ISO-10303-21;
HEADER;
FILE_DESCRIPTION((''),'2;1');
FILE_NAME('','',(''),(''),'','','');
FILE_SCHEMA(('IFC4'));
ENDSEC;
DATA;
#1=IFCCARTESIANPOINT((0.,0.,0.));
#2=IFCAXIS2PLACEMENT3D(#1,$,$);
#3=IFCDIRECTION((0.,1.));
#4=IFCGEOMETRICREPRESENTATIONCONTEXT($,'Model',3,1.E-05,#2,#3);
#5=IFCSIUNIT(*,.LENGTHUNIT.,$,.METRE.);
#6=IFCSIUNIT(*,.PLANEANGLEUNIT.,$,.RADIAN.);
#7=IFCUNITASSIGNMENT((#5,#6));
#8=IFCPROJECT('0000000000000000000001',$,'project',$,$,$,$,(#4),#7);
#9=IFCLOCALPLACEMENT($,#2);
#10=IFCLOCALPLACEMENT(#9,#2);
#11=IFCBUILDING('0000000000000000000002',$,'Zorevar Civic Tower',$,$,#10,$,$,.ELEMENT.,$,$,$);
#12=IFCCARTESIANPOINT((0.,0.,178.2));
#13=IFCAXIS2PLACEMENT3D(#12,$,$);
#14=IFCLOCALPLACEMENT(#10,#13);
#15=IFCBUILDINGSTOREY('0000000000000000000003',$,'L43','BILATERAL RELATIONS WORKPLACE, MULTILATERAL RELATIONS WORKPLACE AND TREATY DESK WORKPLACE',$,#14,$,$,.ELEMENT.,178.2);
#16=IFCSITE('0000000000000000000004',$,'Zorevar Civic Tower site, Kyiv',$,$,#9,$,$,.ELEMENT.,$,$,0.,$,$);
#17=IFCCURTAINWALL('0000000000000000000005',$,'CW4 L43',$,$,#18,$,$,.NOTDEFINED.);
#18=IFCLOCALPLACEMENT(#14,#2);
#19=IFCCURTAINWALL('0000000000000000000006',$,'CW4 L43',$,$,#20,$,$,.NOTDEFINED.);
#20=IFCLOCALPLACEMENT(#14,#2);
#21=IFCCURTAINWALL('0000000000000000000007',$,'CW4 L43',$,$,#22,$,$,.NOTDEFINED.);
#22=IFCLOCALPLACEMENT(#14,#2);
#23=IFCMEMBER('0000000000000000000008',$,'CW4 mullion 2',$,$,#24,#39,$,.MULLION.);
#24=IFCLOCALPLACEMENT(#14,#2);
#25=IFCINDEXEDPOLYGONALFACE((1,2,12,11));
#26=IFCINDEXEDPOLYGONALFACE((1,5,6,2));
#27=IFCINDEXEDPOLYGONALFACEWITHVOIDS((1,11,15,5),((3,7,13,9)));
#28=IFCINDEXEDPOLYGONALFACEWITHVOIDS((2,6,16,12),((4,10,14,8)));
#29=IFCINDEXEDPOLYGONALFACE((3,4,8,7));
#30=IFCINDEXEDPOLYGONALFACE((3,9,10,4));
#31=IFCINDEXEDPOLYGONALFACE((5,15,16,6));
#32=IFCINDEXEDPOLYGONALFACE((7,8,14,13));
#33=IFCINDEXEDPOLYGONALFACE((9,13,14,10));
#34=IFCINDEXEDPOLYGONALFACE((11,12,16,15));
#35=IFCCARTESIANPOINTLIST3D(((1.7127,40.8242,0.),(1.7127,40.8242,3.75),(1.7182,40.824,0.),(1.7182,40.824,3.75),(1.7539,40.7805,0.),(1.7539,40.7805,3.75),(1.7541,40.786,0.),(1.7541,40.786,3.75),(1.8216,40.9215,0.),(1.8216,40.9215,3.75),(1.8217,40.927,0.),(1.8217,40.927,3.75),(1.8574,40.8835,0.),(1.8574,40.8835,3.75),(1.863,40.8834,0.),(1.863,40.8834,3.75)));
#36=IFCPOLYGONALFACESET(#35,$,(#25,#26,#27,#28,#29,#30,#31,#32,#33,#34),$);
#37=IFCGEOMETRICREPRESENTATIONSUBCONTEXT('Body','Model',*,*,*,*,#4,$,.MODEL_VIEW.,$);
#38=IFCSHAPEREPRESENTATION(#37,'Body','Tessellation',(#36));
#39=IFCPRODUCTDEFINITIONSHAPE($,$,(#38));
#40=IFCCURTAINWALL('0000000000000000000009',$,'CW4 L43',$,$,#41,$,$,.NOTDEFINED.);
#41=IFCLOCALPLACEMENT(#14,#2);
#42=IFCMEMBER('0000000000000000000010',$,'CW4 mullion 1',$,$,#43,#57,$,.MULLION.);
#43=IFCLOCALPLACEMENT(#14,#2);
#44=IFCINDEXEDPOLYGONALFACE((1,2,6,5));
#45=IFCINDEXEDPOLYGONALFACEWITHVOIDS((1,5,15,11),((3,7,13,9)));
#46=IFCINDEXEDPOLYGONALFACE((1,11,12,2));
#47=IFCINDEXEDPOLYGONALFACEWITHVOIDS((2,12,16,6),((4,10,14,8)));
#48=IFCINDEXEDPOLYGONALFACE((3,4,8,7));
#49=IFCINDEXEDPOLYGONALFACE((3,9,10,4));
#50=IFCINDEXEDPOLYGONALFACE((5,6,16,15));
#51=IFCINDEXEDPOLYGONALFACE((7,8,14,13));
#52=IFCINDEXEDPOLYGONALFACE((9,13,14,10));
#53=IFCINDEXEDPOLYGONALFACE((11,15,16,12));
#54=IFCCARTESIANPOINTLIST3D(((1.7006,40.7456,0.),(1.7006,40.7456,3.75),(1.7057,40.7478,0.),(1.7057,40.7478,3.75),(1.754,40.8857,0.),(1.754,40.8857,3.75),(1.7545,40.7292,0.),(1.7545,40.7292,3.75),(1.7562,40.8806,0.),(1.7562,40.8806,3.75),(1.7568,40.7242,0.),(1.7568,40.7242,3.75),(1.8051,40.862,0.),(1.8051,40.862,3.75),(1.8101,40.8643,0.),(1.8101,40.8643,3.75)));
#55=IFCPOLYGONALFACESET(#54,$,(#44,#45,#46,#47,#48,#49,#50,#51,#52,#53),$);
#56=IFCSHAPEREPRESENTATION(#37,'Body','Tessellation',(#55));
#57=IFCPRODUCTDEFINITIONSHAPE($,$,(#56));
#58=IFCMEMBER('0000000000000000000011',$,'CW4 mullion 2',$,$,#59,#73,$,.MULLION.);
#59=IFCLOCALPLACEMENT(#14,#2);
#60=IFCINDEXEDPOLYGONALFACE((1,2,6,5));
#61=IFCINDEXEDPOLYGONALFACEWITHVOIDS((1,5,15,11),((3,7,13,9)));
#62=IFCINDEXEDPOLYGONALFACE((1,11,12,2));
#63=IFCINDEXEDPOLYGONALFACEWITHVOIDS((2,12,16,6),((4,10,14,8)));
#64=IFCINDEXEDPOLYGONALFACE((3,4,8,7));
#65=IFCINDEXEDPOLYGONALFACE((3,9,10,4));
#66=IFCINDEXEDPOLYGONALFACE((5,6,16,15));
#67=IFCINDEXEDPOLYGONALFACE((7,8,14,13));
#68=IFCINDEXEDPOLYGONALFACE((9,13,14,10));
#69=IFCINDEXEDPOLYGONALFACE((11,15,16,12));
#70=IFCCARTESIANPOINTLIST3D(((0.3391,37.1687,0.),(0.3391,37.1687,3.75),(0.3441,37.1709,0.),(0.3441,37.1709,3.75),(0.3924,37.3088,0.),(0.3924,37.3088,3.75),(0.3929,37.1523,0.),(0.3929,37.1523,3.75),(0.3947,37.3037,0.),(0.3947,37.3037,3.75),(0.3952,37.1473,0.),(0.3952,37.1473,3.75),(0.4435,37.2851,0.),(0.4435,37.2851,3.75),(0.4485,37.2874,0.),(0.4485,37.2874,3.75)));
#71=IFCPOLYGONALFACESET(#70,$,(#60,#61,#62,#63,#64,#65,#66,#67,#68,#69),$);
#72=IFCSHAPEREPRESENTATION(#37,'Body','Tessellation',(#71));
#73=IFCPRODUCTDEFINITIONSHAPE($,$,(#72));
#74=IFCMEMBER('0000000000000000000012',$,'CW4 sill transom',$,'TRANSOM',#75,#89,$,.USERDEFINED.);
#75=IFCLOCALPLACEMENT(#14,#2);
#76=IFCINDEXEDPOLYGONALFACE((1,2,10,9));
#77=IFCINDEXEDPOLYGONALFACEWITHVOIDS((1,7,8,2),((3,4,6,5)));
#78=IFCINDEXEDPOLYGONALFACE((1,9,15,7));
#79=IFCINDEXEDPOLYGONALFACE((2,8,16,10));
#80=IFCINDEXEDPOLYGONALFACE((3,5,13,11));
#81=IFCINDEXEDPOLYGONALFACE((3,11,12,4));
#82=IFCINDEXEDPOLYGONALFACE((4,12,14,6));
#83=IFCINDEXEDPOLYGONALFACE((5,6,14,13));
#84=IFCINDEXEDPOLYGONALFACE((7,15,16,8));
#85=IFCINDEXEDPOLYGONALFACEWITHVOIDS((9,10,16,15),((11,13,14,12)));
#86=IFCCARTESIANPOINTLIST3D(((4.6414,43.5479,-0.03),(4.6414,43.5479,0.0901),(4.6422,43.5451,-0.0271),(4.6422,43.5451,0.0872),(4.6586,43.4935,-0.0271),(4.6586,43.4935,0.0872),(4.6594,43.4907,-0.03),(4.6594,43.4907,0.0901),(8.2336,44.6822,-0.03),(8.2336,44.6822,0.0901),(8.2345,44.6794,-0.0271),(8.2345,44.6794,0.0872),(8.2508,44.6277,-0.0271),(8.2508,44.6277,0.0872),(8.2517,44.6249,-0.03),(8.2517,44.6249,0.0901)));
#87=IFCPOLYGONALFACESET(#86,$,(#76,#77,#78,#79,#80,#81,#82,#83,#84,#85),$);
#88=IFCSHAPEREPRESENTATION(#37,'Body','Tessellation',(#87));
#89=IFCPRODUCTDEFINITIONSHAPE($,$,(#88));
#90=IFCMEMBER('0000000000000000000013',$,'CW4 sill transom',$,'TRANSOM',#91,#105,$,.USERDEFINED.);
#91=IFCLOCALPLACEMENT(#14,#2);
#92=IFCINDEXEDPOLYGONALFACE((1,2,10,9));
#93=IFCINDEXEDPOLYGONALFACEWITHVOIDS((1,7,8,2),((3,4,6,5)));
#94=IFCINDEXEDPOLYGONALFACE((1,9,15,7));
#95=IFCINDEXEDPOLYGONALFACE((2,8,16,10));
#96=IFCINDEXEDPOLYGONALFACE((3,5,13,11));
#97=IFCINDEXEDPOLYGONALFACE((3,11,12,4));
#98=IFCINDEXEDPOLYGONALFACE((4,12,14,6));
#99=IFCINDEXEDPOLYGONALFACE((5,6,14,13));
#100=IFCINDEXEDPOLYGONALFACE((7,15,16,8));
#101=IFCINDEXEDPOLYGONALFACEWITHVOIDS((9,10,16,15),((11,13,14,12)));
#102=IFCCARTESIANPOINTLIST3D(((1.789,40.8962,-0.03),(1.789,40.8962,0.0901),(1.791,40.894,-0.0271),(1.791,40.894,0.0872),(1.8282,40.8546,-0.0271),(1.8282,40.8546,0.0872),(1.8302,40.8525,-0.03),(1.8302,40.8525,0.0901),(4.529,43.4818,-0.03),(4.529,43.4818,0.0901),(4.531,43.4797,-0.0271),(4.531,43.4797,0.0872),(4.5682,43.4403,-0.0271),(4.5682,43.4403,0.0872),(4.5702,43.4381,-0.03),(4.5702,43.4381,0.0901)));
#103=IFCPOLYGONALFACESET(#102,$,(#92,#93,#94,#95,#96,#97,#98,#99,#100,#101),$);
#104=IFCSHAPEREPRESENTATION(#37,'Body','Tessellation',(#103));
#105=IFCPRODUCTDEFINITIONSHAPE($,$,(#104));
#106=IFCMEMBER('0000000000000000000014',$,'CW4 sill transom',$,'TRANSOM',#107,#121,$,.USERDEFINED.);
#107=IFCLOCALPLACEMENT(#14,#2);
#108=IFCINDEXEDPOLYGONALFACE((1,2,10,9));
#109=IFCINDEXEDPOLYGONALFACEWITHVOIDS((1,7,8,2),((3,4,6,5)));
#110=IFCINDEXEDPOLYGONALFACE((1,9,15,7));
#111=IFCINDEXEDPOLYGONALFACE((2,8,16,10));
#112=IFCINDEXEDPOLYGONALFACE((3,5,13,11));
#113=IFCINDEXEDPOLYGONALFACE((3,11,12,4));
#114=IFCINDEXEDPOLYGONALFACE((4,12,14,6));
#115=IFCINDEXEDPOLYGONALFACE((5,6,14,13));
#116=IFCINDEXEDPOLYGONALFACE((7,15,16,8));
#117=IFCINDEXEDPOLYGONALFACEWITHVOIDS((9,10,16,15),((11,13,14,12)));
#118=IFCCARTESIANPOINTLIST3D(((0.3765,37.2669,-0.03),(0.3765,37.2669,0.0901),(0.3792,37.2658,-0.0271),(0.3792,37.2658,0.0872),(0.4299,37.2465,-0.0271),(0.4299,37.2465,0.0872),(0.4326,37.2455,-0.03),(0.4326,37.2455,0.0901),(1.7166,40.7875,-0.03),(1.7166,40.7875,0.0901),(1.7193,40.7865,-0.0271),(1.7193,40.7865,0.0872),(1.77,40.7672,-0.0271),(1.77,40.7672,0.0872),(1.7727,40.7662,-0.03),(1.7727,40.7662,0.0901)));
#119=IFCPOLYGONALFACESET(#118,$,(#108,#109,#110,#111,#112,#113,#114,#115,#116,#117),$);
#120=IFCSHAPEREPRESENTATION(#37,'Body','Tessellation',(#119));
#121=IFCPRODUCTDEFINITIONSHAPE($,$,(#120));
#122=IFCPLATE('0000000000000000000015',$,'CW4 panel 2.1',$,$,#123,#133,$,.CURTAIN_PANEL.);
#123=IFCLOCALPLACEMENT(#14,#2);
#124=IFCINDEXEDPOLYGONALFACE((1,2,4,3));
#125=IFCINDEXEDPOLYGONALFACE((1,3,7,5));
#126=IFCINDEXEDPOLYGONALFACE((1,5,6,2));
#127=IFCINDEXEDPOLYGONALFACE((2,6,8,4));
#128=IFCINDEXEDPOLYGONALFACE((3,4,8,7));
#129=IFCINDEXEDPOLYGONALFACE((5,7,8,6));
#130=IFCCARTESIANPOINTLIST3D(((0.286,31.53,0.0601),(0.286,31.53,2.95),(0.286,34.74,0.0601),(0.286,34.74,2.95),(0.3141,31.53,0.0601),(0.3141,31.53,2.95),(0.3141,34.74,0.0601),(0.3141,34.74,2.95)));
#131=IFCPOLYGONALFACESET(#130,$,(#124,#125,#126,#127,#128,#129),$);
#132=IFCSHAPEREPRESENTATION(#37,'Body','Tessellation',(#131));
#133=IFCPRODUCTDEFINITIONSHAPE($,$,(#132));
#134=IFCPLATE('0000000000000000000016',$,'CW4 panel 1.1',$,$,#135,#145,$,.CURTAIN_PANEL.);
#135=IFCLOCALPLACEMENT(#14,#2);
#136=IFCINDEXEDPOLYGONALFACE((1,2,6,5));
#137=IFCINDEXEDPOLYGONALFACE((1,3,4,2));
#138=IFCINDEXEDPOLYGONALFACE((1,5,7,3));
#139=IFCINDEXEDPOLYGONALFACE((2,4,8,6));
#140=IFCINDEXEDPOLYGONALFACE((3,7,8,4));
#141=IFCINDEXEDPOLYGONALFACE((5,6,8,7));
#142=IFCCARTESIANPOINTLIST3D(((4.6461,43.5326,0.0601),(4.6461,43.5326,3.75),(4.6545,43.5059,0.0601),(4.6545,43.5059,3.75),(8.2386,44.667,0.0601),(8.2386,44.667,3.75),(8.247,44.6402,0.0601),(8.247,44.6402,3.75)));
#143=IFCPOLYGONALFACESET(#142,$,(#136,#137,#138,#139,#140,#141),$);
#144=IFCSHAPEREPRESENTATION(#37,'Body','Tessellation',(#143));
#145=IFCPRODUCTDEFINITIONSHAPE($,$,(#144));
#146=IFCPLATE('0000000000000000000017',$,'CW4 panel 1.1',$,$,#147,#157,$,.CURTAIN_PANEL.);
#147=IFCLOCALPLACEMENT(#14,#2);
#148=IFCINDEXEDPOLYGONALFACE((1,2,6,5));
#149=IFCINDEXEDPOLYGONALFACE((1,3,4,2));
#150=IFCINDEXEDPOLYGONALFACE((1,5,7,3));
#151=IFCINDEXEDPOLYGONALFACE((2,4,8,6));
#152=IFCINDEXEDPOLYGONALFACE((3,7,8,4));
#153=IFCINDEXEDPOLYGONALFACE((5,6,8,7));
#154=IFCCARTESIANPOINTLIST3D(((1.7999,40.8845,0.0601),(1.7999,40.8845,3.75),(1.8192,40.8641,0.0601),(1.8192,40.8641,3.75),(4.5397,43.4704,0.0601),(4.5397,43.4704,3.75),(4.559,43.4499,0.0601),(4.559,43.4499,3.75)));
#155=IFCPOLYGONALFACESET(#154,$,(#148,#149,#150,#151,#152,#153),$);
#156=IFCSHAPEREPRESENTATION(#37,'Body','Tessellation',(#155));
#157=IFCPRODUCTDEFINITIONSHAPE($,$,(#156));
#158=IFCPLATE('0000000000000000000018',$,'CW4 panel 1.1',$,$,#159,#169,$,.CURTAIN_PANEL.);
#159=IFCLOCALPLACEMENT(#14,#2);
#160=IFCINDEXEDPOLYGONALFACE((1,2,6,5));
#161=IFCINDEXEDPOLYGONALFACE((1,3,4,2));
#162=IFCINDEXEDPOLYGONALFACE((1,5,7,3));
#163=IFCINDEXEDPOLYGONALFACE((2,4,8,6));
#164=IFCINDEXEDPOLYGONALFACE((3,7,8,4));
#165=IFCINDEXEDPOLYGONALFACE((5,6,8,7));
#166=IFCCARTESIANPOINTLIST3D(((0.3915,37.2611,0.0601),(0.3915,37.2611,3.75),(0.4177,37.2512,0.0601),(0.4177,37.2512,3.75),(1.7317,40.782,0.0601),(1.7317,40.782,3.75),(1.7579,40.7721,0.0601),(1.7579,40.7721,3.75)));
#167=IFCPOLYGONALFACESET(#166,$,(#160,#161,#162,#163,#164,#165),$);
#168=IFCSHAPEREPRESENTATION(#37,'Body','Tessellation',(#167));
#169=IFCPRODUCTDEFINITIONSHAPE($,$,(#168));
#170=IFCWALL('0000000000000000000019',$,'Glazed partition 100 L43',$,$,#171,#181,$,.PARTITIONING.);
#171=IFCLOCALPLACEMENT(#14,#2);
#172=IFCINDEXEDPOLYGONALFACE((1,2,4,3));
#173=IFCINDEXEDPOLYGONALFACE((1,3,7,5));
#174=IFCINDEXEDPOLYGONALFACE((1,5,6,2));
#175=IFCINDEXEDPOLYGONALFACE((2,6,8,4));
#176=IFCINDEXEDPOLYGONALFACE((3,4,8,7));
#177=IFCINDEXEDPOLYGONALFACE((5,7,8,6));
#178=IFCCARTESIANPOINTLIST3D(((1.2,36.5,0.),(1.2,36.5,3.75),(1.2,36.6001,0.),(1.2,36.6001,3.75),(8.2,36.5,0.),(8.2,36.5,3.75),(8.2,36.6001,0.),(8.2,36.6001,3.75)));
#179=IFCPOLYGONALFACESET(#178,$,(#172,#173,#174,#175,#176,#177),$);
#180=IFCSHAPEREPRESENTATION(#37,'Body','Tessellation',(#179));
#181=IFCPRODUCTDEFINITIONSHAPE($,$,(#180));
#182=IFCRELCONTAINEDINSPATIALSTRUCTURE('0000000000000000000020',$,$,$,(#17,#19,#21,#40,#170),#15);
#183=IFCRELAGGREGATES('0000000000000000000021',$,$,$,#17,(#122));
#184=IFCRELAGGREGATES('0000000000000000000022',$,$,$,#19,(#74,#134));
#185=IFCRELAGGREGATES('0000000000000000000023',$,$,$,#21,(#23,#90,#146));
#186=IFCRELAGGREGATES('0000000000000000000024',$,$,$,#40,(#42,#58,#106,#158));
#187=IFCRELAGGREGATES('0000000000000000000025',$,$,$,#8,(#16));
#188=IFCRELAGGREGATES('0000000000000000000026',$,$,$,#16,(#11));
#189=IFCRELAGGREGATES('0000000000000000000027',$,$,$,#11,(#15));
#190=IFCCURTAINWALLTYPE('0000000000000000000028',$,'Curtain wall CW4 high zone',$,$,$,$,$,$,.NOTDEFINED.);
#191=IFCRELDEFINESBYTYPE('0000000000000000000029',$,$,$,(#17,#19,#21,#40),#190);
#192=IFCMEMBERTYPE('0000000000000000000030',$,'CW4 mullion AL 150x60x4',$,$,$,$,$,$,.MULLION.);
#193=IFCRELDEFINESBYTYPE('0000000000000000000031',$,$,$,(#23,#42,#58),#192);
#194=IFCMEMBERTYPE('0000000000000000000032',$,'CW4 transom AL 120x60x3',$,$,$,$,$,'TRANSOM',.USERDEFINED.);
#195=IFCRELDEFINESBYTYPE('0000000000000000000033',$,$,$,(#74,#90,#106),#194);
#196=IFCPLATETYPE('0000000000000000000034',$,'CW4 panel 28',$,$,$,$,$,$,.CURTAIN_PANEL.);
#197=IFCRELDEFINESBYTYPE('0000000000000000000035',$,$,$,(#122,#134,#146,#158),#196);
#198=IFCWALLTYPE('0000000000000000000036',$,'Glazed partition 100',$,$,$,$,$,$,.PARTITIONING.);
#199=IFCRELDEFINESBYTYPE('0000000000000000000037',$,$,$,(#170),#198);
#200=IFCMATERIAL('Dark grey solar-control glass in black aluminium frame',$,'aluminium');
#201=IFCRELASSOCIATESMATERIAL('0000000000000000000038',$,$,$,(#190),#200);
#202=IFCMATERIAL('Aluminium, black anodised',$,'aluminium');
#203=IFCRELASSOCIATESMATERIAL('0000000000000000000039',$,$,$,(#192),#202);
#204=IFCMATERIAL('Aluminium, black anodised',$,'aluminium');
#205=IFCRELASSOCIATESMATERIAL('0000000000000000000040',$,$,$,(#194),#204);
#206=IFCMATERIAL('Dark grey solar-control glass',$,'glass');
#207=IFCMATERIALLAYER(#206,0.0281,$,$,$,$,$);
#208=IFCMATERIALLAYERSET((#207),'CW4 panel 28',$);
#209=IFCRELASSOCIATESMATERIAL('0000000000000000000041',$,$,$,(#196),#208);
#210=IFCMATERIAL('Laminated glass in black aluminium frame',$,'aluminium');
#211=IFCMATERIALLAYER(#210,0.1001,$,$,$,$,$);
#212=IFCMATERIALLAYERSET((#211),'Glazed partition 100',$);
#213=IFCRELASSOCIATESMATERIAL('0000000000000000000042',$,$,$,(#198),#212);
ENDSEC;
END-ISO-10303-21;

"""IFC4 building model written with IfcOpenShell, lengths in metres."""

from ifc_helpers import new_model, si_unit, direction, frame, frame_2d, origin, origin_2d, place, context, subcontext, project, spatial, rectangle, hollow_rectangle, extrude, material, layer, layer_set, material_profile, profile_set, type_object, element, aggregate, save


model = new_model("IFC4")

# Units and contexts
model_context = context("Model", 3, precision=1e-05, world=origin(), true_north=direction((0.0, 1.0)))
body_context = subcontext(model_context, "Body", "Model", "MODEL_VIEW")
ifc_project = project(units=[si_unit("LENGTHUNIT", "METRE"), si_unit("PLANEANGLEUNIT", "RADIAN")], contexts=[model_context])

# Site, building, storey
site_placement = place(None, origin())
site = spatial("IfcSite", under=ifc_project, at=site_placement, Name="Zorevar Civic Tower site, Kyiv", CompositionType="ELEMENT", RefElevation=0.0)
building_placement = place(site_placement, origin())
building = spatial("IfcBuilding", under=site, at=building_placement, Name="Zorevar Civic Tower", CompositionType="ELEMENT")
storey_placement = place(building_placement, frame((0.0, 0.0, 178.2)))
storey = spatial("IfcBuildingStorey", under=building, at=storey_placement, Name="L43", Description="BILATERAL RELATIONS WORKPLACE, MULTILATERAL RELATIONS WORKPLACE AND TREATY DESK WORKPLACE", CompositionType="ELEMENT", Elevation=178.2)

# Curtain walls, members
ifc_material_1 = material(Name="Dark grey solar-control glass in black aluminium frame", Category="aluminium")
curtain_wall_type = type_object("IfcCurtainWallType", Name="Curtain wall CW4 high zone", PredefinedType="NOTDEFINED", material=ifc_material_1)
curtain_wall_1_placement = place(storey_placement, origin())
curtain_wall_1 = element("IfcCurtainWall", 1, at=curtain_wall_1_placement, inside=storey, type_object=curtain_wall_type, Name="CW4 L43", PredefinedType="NOTDEFINED")
ifc_material_2 = material(Name="Aluminium, black anodised", Category="aluminium")
ifc_material_profile_1 = material_profile(ifc_material_2, hollow_rectangle(XDim=0.0601, YDim=0.1499, WallThickness=0.0039, at=origin_2d()), Name="AL 150x60x4")
ifc_profile_set_1 = profile_set([ifc_material_profile_1], Name="Aluminium, black anodised")
member_type_1 = type_object("IfcMemberType", Name="CW4 mullion AL 150x60x4", PredefinedType="MULLION", material=ifc_profile_set_1)
curtain_wall_2_placement = place(storey_placement, origin())
curtain_wall_2 = element("IfcCurtainWall", 2, at=curtain_wall_2_placement, inside=storey, type_object=curtain_wall_type, Name="CW4 L43", PredefinedType="NOTDEFINED")
curtain_wall_3_placement = place(storey_placement, origin())
curtain_wall_3 = element("IfcCurtainWall", 3, at=curtain_wall_3_placement, inside=storey, type_object=curtain_wall_type, Name="CW4 L43", PredefinedType="NOTDEFINED")
member_1_placement = place(storey_placement, frame((1.7878, 40.8538, 0.0), z_axis=(0.0, 0.0, 1.0), x_axis=(0.686378, -0.727245, 0.0)))
member_1 = element("IfcMember", 4, at=member_1_placement, type_object=member_type_1, Name="CW4 mullion 2", PredefinedType="MULLION", context=body_context, shape_type="SweptSolid", body=[
    extrude(hollow_rectangle(XDim=0.0601, YDim=0.1499, WallThickness=0.0039, at=origin_2d()), origin(), (0.0, 0.0, 1.0), 3.75),
])
curtain_wall_4_placement = place(storey_placement, origin())
curtain_wall_4 = element("IfcCurtainWall", 5, at=curtain_wall_4_placement, inside=storey, type_object=curtain_wall_type, Name="CW4 L43", PredefinedType="NOTDEFINED")
member_2_placement = place(storey_placement, frame((1.7554, 40.8049, 0.0), z_axis=(0.0, 0.0, 1.0), x_axis=(0.934588, -0.355731, 0.0)))
member_2 = element("IfcMember", 6, at=member_2_placement, type_object=member_type_1, Name="CW4 mullion 1", PredefinedType="MULLION", context=body_context, shape_type="SweptSolid", body=[
    extrude(hollow_rectangle(XDim=0.0601, YDim=0.1499, WallThickness=0.0039, at=origin_2d()), origin(), (0.0, 0.0, 1.0), 3.75),
])
member_3_placement = place(storey_placement, frame((0.3938, 37.228, 0.0), z_axis=(0.0, 0.0, 1.0), x_axis=(0.934588, -0.355731, 0.0)))
member_3 = element("IfcMember", 7, at=member_3_placement, type_object=member_type_1, Name="CW4 mullion 2", PredefinedType="MULLION", context=body_context, shape_type="SweptSolid", body=[
    extrude(hollow_rectangle(XDim=0.0601, YDim=0.1499, WallThickness=0.0039, at=origin_2d()), origin(), (0.0, 0.0, 1.0), 3.75),
])

# Members
ifc_material_3 = material(Name="Aluminium, black anodised", Category="aluminium")
ifc_material_profile_2 = material_profile(ifc_material_3, hollow_rectangle(XDim=0.0601, YDim=0.1201, WallThickness=0.0029, at=origin_2d()), Name="AL 120x60x3")
ifc_profile_set_2 = profile_set([ifc_material_profile_2], Name="Aluminium, black anodised")
member_type_2 = type_object("IfcMemberType", Name="CW4 transom AL 120x60x3", ElementType="TRANSOM", PredefinedType="USERDEFINED", material=ifc_profile_set_2)
member_4_placement = place(storey_placement, frame((8.2427, 44.6536, 0.03), z_axis=(-0.953592, -0.3011, 0.0), x_axis=(0.3011, -0.953592, 0.0)))
member_4 = element("IfcMember", 8, at=member_4_placement, type_object=member_type_2, Name="CW4 sill transom", ObjectType="TRANSOM", PredefinedType="USERDEFINED", context=body_context, shape_type="SweptSolid", body=[
    extrude(hollow_rectangle(XDim=0.0601, YDim=0.1201, WallThickness=0.0029, at=origin_2d()), origin(), (0.0, 0.0, 1.0), 3.7671),
])
member_5_placement = place(storey_placement, frame((4.5496, 43.46, 0.03), z_axis=(-0.727288, -0.686332, 0.0), x_axis=(0.686332, -0.727288, 0.0)))
member_5 = element("IfcMember", 9, at=member_5_placement, type_object=member_type_2, Name="CW4 sill transom", ObjectType="TRANSOM", PredefinedType="USERDEFINED", context=body_context, shape_type="SweptSolid", body=[
    extrude(hollow_rectangle(XDim=0.0601, YDim=0.1201, WallThickness=0.0029, at=origin_2d()), origin(), (0.0, 0.0, 1.0), 3.7673),
])
member_6_placement = place(storey_placement, frame((1.7446, 40.7769, 0.03), z_axis=(-0.355729, -0.934589, 0.0), x_axis=(0.934589, -0.355729, 0.0)))
member_6 = element("IfcMember", 10, at=member_6_placement, type_object=member_type_2, Name="CW4 sill transom", ObjectType="TRANSOM", PredefinedType="USERDEFINED", context=body_context, shape_type="SweptSolid", body=[
    extrude(hollow_rectangle(XDim=0.0601, YDim=0.1201, WallThickness=0.0029, at=origin_2d()), origin(), (0.0, 0.0, 1.0), 3.7671),
])

# Plates
ifc_material_4 = material(Name="Dark grey solar-control glass", Category="glass")
ifc_layer_1 = layer(ifc_material_4, 0.0281)
ifc_layer_set_1 = layer_set([ifc_layer_1], Name="CW4 panel 28")
plate_type = type_object("IfcPlateType", Name="CW4 panel 28", PredefinedType="CURTAIN_PANEL", material=ifc_layer_set_1)
plate_1_placement = place(storey_placement, frame((0.3, 33.135, 0.0601), z_axis=(0.0, 0.0, 1.0), x_axis=(0.0, 1.0, 0.0)))
plate_1 = element("IfcPlate", 11, at=plate_1_placement, type_object=plate_type, Name="CW4 panel 2.1", PredefinedType="CURTAIN_PANEL", context=body_context, shape_type="SweptSolid", body=[
    extrude(rectangle(XDim=3.21, YDim=0.0281, at=origin_2d()), origin(), (0.0, 0.0, 1.0), 2.8899),
])
aggregate(curtain_wall_1, [plate_1])
plate_2_placement = place(storey_placement, frame((6.4465, 44.0864, 0.0601), z_axis=(0.0, 0.0, 1.0), x_axis=(-0.95359, -0.301108, 0.0)))
plate_2 = element("IfcPlate", 12, at=plate_2_placement, type_object=plate_type, Name="CW4 panel 1.1", PredefinedType="CURTAIN_PANEL", context=body_context, shape_type="SweptSolid", body=[
    extrude(rectangle(XDim=3.7673, YDim=0.0281, at=origin_2d()), origin(), (0.0, 0.0, 1.0), 3.6899),
])
aggregate(curtain_wall_2, [member_4, plate_2])
plate_3_placement = place(storey_placement, frame((3.1794, 42.1672, 0.0601), z_axis=(0.0, 0.0, 1.0), x_axis=(-0.727245, -0.686378, 0.0)))
plate_3 = element("IfcPlate", 13, at=plate_3_placement, type_object=plate_type, Name="CW4 panel 1.1", PredefinedType="CURTAIN_PANEL", context=body_context, shape_type="SweptSolid", body=[
    extrude(rectangle(XDim=3.7673, YDim=0.0281, at=origin_2d()), origin(), (0.0, 0.0, 1.0), 3.6899),
])
aggregate(curtain_wall_3, [member_1, member_5, plate_3])
plate_4_placement = place(storey_placement, frame((1.0747, 39.0166, 0.0601), z_axis=(0.0, 0.0, 1.0), x_axis=(-0.355731, -0.934588, 0.0)))
plate_4 = element("IfcPlate", 14, at=plate_4_placement, type_object=plate_type, Name="CW4 panel 1.1", PredefinedType="CURTAIN_PANEL", context=body_context, shape_type="SweptSolid", body=[
    extrude(rectangle(XDim=3.7673, YDim=0.0281, at=origin_2d()), origin(), (0.0, 0.0, 1.0), 3.6899),
])
aggregate(curtain_wall_4, [member_2, member_3, member_6, plate_4])

# Wall
ifc_material_5 = material(Name="Laminated glass in black aluminium frame", Category="aluminium")
ifc_layer_2 = layer(ifc_material_5, 0.1001)
ifc_layer_set_2 = layer_set([ifc_layer_2], Name="Glazed partition 100")
wall_type = type_object("IfcWallType", Name="Glazed partition 100", PredefinedType="PARTITIONING", material=ifc_layer_set_2)
wall_placement = place(storey_placement, frame((1.2, 36.55, 0.0), z_axis=(0.0, 0.0, 1.0), x_axis=(1.0, 0.0, 0.0)))
element("IfcWall", 15, at=wall_placement, inside=storey, type_object=wall_type, Name="Glazed partition 100 L43", PredefinedType="PARTITIONING", context=body_context, shape_type="SweptSolid", body=[
    extrude(rectangle(XDim=7.0, YDim=0.1001, at=frame_2d((3.5, 0.0))), origin(), (0.0, 0.0, 1.0), 3.75),
])

save(model, "model.ifc")
